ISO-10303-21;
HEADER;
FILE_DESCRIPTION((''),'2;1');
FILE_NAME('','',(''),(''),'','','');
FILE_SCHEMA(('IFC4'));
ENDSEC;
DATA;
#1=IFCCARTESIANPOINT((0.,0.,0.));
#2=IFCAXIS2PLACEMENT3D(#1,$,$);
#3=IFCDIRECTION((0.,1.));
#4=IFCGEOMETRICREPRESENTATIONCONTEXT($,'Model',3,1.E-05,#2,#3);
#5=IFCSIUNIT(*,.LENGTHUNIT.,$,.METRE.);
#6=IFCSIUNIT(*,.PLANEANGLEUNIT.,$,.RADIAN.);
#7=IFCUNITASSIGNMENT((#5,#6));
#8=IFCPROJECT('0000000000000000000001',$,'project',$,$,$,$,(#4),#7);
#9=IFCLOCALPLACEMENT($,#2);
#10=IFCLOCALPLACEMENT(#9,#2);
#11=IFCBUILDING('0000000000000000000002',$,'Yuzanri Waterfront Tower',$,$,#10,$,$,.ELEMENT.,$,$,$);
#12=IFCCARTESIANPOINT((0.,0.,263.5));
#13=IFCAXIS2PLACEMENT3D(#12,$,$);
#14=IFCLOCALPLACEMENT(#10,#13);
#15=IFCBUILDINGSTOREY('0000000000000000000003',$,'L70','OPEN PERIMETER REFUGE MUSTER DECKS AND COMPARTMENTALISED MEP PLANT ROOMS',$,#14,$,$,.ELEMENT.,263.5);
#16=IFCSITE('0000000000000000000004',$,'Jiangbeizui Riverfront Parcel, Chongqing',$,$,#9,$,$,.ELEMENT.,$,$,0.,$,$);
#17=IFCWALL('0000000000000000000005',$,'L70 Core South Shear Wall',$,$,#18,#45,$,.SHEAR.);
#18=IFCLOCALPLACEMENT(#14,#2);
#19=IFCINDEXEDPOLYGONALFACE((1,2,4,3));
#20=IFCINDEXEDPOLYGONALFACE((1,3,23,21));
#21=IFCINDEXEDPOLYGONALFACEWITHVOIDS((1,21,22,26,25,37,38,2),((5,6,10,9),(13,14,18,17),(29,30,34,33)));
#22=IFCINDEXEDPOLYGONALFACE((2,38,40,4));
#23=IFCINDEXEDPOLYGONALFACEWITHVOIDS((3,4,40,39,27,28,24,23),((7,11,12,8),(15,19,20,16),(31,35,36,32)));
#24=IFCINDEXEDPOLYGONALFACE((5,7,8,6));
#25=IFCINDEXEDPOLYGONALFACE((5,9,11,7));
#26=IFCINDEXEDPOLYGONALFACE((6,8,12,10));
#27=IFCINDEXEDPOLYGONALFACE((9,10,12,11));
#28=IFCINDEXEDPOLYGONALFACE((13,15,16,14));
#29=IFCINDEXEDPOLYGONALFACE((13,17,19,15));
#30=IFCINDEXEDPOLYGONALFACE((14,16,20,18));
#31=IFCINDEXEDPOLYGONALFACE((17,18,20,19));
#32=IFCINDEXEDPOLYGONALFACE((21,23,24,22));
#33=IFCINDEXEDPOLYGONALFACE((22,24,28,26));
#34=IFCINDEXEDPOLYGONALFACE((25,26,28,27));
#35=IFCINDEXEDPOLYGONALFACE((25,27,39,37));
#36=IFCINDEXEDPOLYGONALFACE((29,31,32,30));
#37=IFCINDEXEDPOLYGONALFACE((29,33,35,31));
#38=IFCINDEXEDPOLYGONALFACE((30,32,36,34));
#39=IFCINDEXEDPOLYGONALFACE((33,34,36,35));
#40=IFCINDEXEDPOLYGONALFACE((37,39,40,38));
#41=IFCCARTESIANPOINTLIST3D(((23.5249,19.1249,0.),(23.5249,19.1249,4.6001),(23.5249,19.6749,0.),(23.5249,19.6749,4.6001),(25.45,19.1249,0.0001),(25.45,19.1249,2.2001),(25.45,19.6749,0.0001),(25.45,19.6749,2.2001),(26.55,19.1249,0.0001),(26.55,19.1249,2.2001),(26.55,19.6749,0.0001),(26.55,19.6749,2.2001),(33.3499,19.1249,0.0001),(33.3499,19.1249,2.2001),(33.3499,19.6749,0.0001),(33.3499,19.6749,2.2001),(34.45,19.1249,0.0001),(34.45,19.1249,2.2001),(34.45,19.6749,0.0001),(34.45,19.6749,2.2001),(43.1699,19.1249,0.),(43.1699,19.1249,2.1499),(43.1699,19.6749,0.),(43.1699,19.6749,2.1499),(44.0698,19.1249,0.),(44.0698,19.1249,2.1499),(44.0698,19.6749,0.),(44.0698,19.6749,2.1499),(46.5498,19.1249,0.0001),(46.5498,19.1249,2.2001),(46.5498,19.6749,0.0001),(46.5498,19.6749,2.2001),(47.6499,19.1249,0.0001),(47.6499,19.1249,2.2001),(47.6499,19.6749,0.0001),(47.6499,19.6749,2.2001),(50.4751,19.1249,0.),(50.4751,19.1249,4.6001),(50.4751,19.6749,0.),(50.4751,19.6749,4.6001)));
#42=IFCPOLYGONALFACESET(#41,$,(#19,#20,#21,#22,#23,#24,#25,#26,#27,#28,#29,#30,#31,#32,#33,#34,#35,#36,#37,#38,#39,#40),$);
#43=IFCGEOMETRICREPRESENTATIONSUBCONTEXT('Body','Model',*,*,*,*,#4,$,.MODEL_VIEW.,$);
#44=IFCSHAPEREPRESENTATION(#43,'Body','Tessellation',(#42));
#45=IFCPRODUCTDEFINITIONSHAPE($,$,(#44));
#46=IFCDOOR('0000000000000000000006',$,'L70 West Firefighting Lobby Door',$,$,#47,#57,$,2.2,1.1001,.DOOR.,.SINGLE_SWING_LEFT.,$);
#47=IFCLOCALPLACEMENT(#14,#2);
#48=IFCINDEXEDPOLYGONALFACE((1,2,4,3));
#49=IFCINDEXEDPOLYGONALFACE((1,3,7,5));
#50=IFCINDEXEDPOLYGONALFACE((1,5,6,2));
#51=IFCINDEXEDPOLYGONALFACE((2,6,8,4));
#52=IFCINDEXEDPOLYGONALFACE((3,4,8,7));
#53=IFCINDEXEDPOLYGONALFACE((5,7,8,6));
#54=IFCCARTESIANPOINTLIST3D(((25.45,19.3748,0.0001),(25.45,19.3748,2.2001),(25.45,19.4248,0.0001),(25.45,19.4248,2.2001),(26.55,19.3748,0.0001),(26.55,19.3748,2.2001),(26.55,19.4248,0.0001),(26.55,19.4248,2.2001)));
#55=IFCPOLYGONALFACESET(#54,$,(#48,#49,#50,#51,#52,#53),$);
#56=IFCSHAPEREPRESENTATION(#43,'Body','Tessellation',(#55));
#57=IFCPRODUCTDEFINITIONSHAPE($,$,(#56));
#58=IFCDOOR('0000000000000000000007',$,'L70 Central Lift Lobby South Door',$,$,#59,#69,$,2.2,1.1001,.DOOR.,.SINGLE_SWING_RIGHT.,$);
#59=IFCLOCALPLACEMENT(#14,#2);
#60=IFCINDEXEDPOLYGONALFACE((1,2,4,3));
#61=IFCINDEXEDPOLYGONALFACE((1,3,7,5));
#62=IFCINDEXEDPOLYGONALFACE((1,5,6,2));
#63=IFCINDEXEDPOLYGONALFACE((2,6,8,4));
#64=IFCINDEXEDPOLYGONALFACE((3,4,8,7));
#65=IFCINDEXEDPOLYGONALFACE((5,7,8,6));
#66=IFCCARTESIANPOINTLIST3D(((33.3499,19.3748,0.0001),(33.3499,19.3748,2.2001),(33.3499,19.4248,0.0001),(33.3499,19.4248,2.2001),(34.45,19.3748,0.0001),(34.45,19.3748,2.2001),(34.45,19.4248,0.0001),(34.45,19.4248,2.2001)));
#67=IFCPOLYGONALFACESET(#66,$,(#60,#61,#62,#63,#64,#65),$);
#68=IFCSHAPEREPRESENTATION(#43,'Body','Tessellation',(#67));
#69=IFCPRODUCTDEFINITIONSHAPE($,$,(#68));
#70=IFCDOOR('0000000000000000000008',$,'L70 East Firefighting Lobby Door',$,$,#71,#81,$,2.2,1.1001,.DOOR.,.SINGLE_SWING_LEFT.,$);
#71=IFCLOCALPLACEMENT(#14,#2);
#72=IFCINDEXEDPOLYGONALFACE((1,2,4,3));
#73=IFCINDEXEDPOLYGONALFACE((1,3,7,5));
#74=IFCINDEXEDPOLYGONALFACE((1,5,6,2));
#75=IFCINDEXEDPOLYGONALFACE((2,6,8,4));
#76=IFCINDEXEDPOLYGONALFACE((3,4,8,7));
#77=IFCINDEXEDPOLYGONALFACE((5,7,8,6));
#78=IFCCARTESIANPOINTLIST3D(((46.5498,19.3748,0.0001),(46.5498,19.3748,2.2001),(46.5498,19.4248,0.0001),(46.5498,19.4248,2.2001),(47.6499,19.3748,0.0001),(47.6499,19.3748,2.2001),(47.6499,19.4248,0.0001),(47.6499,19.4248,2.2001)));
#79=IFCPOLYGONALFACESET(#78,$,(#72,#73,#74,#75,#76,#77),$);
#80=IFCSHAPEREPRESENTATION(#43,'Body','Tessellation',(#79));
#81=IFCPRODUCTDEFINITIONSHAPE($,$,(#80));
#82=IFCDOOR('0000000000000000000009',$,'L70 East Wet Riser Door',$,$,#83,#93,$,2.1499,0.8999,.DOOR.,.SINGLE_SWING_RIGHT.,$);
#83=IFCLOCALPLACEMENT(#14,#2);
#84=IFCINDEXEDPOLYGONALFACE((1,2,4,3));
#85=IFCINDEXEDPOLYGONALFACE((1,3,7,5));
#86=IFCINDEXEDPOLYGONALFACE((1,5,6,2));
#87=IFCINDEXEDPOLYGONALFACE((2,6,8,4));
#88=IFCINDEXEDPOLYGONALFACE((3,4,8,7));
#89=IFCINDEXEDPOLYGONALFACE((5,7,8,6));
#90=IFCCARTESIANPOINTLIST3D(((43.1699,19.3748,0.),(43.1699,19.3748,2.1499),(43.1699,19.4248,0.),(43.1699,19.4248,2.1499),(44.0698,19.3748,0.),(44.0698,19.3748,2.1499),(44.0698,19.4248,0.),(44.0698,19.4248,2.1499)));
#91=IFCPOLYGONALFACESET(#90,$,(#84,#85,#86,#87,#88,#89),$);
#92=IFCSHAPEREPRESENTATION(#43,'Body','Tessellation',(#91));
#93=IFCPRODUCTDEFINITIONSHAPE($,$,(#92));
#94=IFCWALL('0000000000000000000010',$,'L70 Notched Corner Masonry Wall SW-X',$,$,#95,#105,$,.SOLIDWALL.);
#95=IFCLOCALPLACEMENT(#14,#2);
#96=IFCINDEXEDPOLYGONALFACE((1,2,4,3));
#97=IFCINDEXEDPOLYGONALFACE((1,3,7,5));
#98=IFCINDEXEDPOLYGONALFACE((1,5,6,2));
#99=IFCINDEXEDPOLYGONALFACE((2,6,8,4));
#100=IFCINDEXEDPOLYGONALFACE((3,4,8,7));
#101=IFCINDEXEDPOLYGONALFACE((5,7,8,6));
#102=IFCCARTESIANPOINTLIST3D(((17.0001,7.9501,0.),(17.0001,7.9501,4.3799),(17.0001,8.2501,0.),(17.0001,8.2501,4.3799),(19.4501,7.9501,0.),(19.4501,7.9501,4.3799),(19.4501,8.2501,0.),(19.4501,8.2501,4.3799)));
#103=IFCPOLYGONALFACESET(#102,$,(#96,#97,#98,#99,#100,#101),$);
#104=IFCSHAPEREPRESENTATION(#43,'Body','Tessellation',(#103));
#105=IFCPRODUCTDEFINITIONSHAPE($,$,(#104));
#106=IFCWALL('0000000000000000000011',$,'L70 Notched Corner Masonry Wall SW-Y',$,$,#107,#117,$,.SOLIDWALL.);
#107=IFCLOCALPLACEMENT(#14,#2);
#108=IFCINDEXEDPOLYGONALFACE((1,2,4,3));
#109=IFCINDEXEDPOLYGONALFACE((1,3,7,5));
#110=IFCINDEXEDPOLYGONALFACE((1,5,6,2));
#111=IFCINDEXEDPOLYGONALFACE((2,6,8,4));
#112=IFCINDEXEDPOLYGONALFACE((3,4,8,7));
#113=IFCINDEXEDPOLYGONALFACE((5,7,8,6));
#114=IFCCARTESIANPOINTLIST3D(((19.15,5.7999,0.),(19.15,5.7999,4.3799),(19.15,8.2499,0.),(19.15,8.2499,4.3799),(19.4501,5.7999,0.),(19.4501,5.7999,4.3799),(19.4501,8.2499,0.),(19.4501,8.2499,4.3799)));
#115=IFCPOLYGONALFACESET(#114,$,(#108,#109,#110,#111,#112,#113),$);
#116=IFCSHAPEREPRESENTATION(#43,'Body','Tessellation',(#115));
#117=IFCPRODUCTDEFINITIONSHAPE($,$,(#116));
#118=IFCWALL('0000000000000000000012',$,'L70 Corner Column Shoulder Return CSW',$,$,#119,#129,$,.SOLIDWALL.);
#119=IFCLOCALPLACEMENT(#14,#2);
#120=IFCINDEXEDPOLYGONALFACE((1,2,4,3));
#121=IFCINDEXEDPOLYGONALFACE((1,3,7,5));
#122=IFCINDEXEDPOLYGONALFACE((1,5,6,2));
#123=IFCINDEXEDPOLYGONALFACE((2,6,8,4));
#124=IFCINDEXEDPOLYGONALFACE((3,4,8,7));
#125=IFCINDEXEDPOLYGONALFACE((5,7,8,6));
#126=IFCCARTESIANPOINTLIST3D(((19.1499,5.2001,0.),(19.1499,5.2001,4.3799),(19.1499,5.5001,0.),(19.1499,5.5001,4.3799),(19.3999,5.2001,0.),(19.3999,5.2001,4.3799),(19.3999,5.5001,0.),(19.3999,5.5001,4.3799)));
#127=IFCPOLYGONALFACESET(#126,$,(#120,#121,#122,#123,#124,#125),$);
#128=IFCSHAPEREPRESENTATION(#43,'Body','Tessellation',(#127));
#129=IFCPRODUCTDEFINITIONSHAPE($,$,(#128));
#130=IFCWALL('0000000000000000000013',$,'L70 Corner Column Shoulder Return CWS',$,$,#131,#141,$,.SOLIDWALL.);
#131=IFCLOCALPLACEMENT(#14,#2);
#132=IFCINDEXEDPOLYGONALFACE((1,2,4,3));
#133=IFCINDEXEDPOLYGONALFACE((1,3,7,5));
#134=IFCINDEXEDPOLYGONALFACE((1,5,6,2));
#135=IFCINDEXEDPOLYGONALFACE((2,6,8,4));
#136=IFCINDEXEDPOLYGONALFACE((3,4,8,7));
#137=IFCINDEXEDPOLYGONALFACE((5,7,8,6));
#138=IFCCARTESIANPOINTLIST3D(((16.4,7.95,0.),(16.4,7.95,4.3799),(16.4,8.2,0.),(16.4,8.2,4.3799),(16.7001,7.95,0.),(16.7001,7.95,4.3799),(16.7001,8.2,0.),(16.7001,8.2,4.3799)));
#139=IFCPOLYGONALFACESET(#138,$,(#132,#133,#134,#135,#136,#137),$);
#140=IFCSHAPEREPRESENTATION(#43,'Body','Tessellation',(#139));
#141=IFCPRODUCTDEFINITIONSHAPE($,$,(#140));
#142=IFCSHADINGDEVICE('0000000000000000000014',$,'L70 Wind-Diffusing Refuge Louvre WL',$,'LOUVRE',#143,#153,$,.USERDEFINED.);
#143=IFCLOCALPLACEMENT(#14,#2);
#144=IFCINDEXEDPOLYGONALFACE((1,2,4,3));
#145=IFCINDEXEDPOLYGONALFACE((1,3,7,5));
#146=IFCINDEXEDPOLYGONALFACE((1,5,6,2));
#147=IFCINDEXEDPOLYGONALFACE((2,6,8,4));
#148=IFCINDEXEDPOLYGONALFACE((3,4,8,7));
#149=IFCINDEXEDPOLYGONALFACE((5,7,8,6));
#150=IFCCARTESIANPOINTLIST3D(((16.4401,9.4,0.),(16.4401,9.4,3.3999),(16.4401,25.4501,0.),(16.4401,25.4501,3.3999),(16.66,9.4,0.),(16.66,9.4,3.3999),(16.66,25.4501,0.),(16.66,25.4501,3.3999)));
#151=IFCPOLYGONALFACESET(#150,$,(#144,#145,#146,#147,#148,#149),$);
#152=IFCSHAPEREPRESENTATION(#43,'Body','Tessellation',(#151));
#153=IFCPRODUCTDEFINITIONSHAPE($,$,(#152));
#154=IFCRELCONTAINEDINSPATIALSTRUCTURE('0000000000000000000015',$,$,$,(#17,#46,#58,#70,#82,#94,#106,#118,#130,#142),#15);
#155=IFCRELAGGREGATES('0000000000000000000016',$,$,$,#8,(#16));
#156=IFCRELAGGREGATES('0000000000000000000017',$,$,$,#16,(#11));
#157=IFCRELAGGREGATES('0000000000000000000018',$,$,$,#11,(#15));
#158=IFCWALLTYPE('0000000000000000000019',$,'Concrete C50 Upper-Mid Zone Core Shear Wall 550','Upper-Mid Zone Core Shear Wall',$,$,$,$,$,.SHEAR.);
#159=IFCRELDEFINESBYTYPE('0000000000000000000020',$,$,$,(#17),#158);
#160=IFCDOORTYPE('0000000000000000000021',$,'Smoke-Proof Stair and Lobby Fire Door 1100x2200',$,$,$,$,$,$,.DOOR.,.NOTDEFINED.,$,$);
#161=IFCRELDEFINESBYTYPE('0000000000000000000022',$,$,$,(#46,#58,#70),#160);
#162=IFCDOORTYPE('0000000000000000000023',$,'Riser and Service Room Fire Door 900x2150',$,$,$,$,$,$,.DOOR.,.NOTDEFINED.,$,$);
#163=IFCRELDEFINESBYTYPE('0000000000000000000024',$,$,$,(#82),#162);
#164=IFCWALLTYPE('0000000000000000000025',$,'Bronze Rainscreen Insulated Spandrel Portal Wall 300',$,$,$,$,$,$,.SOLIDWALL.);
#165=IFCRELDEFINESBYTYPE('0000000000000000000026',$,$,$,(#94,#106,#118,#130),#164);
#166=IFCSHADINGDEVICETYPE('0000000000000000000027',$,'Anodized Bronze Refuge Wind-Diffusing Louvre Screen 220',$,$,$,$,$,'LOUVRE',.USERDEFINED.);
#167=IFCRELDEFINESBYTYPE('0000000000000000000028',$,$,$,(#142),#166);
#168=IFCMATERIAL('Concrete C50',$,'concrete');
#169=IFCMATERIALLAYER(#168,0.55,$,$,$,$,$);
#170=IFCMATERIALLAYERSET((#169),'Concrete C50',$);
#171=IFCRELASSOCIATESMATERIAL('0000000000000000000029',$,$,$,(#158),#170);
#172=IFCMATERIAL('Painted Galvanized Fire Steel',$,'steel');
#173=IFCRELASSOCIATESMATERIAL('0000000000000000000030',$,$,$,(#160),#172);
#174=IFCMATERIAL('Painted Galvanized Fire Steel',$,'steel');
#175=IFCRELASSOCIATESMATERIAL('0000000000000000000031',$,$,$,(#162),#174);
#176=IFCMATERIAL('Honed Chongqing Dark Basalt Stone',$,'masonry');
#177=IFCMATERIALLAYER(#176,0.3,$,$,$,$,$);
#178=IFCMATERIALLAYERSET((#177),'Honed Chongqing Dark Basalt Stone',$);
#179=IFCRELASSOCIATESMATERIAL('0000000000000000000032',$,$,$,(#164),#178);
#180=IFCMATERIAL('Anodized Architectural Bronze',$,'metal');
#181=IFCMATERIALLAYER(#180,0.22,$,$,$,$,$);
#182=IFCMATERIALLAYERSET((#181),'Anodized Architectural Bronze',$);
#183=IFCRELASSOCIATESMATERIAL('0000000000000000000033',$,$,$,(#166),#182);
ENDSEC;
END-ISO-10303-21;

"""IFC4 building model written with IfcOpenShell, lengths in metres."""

from ifc_helpers import new_model, si_unit, direction, frame, frame_2d, origin, origin_2d, place, context, subcontext, project, spatial, rectangle, extrude, source, transform, mapped, material, layer, layer_set, type_object, element, fill, save


model = new_model("IFC4")

# Units and contexts
model_context = context("Model", 3, precision=1e-05, world=origin(), true_north=direction((0.0, 1.0)))
body_context = subcontext(model_context, "Body", "Model", "MODEL_VIEW")
ifc_project = project(units=[si_unit("LENGTHUNIT", "METRE"), si_unit("PLANEANGLEUNIT", "RADIAN")], contexts=[model_context])

# Site, building, storey
site_placement = place(None, origin())
site = spatial("IfcSite", under=ifc_project, at=site_placement, Name="Jiangbeizui Riverfront Parcel, Chongqing", CompositionType="ELEMENT", RefElevation=0.0)
building_placement = place(site_placement, origin())
building = spatial("IfcBuilding", under=site, at=building_placement, Name="Yuzanri Waterfront Tower", CompositionType="ELEMENT")
storey_placement = place(building_placement, frame((0.0, 0.0, 263.5)))
storey = spatial("IfcBuildingStorey", under=building, at=storey_placement, Name="L70", Description="OPEN PERIMETER REFUGE MUSTER DECKS AND COMPARTMENTALISED MEP PLANT ROOMS", CompositionType="ELEMENT", Elevation=263.5)

# Wall, openings, doors
ifc_material_1 = material(Name="Concrete C50", Category="concrete")
ifc_layer_1 = layer(ifc_material_1, 0.55)
ifc_layer_set_1 = layer_set([ifc_layer_1], Name="Concrete C50")
wall_type_1 = type_object("IfcWallType", Name="Concrete C50 Upper-Mid Zone Core Shear Wall 550", Description="Upper-Mid Zone Core Shear Wall", PredefinedType="SHEAR", material=ifc_layer_set_1)
wall_placement = place(storey_placement, frame((23.5249, 19.3999, 0.0), z_axis=(0.0, 0.0, 1.0), x_axis=(1.0, 0.0, 0.0)))
wall = element("IfcWall", 1, at=wall_placement, inside=storey, type_object=wall_type_1, Name="L70 Core South Shear Wall", PredefinedType="SHEAR", context=body_context, shape_type="SweptSolid", body=[
    extrude(rectangle(XDim=26.9502, YDim=0.55, at=frame_2d((13.4751, 0.0))), origin(), (0.0, 0.0, 1.0), 4.6001),
])
opening_1_placement = place(wall_placement, frame((1.925, 0.0, 0.0)))
opening_1 = element("IfcOpeningElement", 2, at=opening_1_placement, cuts=wall, PredefinedType="OPENING", context=body_context, shape_type="SweptSolid", body=[
    extrude(rectangle(XDim=1.1001, YDim=2.2, at=frame_2d((0.55, 1.1001))), frame((0.0, 0.29, 0.0), z_axis=(0.0, -1.0, 0.0), x_axis=(1.0, 0.0, 0.0)), (0.0, 0.0, 1.0), 0.5798),
])
opening_2_placement = place(wall_placement, frame((9.825, 0.0, 0.0)))
opening_2 = element("IfcOpeningElement", 3, at=opening_2_placement, cuts=wall, PredefinedType="OPENING", context=body_context, shape_type="SweptSolid", body=[
    extrude(rectangle(XDim=1.1001, YDim=2.2, at=frame_2d((0.55, 1.1001))), frame((0.0, 0.29, 0.0), z_axis=(0.0, -1.0, 0.0), x_axis=(1.0, 0.0, 0.0)), (0.0, 0.0, 1.0), 0.5798),
])
opening_3_placement = place(wall_placement, frame((23.0249, 0.0, 0.0)))
opening_3 = element("IfcOpeningElement", 4, at=opening_3_placement, cuts=wall, PredefinedType="OPENING", context=body_context, shape_type="SweptSolid", body=[
    extrude(rectangle(XDim=1.1001, YDim=2.2, at=frame_2d((0.55, 1.1001))), frame((0.0, 0.29, 0.0), z_axis=(0.0, -1.0, 0.0), x_axis=(1.0, 0.0, 0.0)), (0.0, 0.0, 1.0), 0.5798),
])
opening_4_placement = place(wall_placement, frame((19.645, 0.0, 0.0)))
opening_4 = element("IfcOpeningElement", 5, at=opening_4_placement, cuts=wall, PredefinedType="OPENING", context=body_context, shape_type="SweptSolid", body=[
    extrude(rectangle(XDim=0.8999, YDim=2.1499, at=frame_2d((0.45, 1.075))), frame((0.0, 0.29, 0.0), z_axis=(0.0, -1.0, 0.0), x_axis=(1.0, 0.0, 0.0)), (0.0, 0.0, 1.0), 0.5798),
])
ifc_material_2 = material(Name="Painted Galvanized Fire Steel", Category="steel")
door_type_1 = type_object("IfcDoorType", Name="Smoke-Proof Stair and Lobby Fire Door 1100x2200", OperationType="NOTDEFINED", PredefinedType="DOOR", material=ifc_material_2)
shared_shape_1 = source(origin(), body_context, "Body", "SweptSolid", [
    extrude(rectangle(XDim=1.1001, YDim=2.2, at=frame_2d((0.55, 1.1001))), frame((0.0, 0.0249, 0.0), z_axis=(0.0, -1.0, 0.0), x_axis=(1.0, 0.0, 0.0)), (0.0, 0.0, 1.0), 0.05),
])
door_1_placement = place(opening_1_placement, origin())
door_1 = element("IfcDoor", 6, at=door_1_placement, inside=storey, type_object=door_type_1, Name="L70 West Firefighting Lobby Door", OperationType="SINGLE_SWING_LEFT", OverallHeight=2.2, OverallWidth=1.1001, PredefinedType="DOOR", context=body_context, shape_type="MappedRepresentation", body=[
    mapped(shared_shape_1, transform((0.0, 0.0, 0.0), scale=1.0)),
])
fill(opening_1, door_1)
door_2_placement = place(opening_2_placement, origin())
door_2 = element("IfcDoor", 7, at=door_2_placement, inside=storey, type_object=door_type_1, Name="L70 Central Lift Lobby South Door", OperationType="SINGLE_SWING_RIGHT", OverallHeight=2.2, OverallWidth=1.1001, PredefinedType="DOOR", context=body_context, shape_type="MappedRepresentation", body=[
    mapped(shared_shape_1, transform((0.0, 0.0, 0.0), scale=1.0)),
])
fill(opening_2, door_2)
door_3_placement = place(opening_3_placement, origin())
door_3 = element("IfcDoor", 8, at=door_3_placement, inside=storey, type_object=door_type_1, Name="L70 East Firefighting Lobby Door", OperationType="SINGLE_SWING_LEFT", OverallHeight=2.2, OverallWidth=1.1001, PredefinedType="DOOR", context=body_context, shape_type="MappedRepresentation", body=[
    mapped(shared_shape_1, transform((0.0, 0.0, 0.0), scale=1.0)),
])
fill(opening_3, door_3)
ifc_material_3 = material(Name="Painted Galvanized Fire Steel", Category="steel")
door_type_2 = type_object("IfcDoorType", Name="Riser and Service Room Fire Door 900x2150", OperationType="NOTDEFINED", PredefinedType="DOOR", material=ifc_material_3)
shared_shape_2 = source(origin(), body_context, "Body", "SweptSolid", [
    extrude(rectangle(XDim=0.8999, YDim=2.1499, at=frame_2d((0.45, 1.075))), frame((0.0, 0.0249, 0.0), z_axis=(0.0, -1.0, 0.0), x_axis=(1.0, 0.0, 0.0)), (0.0, 0.0, 1.0), 0.05),
])
door_4_placement = place(opening_4_placement, origin())
door_4 = element("IfcDoor", 9, at=door_4_placement, inside=storey, type_object=door_type_2, Name="L70 East Wet Riser Door", OperationType="SINGLE_SWING_RIGHT", OverallHeight=2.1499, OverallWidth=0.8999, PredefinedType="DOOR", context=body_context, shape_type="MappedRepresentation", body=[
    mapped(shared_shape_2, transform((0.0, 0.0, 0.0), scale=1.0)),
])
fill(opening_4, door_4)

# Walls
ifc_material_4 = material(Name="Honed Chongqing Dark Basalt Stone", Category="masonry")
ifc_layer_2 = layer(ifc_material_4, 0.3)
ifc_layer_set_2 = layer_set([ifc_layer_2], Name="Honed Chongqing Dark Basalt Stone")
wall_type_2 = type_object("IfcWallType", Name="Bronze Rainscreen Insulated Spandrel Portal Wall 300", PredefinedType="SOLIDWALL", material=ifc_layer_set_2)
shared_shape_3 = source(origin(), body_context, "Body", "SweptSolid", [
    extrude(rectangle(XDim=2.45, YDim=0.3, at=frame_2d((1.2251, 0.0))), origin(), (0.0, 0.0, 1.0), 4.3799),
])
for number, where, z_axis, x_axis, name in (
    (10, (17.0, 8.1001, 0.0), (0.0, 0.0, 1.0), (1.0, 0.0, 0.0), "L70 Notched Corner Masonry Wall SW-X"),
    (11, (19.3, 8.25, 0.0), (0.0, 0.0, 1.0), (0.0, -1.0, 0.0), "L70 Notched Corner Masonry Wall SW-Y"),
):
    element("IfcWall", number, at=place(storey_placement, frame(where, z_axis=z_axis, x_axis=x_axis)), inside=storey, type_object=wall_type_2, Name=name, PredefinedType="SOLIDWALL", context=body_context, shape_type="MappedRepresentation", body=[
        mapped(shared_shape_3, transform((0.0, 0.0, 0.0), scale=1.0)),
    ])
shared_shape_4 = source(origin(), body_context, "Body", "SweptSolid", [
    extrude(rectangle(XDim=0.25, YDim=0.3, at=frame_2d((0.125, 0.0))), origin(), (0.0, 0.0, 1.0), 4.3799),
])
for number, where, z_axis, x_axis, name in (
    (12, (19.1499, 5.3501, 0.0), (0.0, 0.0, 1.0), (1.0, 0.0, 0.0), "L70 Corner Column Shoulder Return CSW"),
    (13, (16.55, 7.95, 0.0), (0.0, 0.0, 1.0), (0.0, 1.0, 0.0), "L70 Corner Column Shoulder Return CWS"),
):
    element("IfcWall", number, at=place(storey_placement, frame(where, z_axis=z_axis, x_axis=x_axis)), inside=storey, type_object=wall_type_2, Name=name, PredefinedType="SOLIDWALL", context=body_context, shape_type="MappedRepresentation", body=[
        mapped(shared_shape_4, transform((0.0, 0.0, 0.0), scale=1.0)),
    ])

# Shading device
ifc_material_5 = material(Name="Anodized Architectural Bronze", Category="metal")
ifc_layer_3 = layer(ifc_material_5, 0.22)
ifc_layer_set_3 = layer_set([ifc_layer_3], Name="Anodized Architectural Bronze")
shading_device_type = type_object("IfcShadingDeviceType", Name="Anodized Bronze Refuge Wind-Diffusing Louvre Screen 220", ElementType="LOUVRE", PredefinedType="USERDEFINED", material=ifc_layer_set_3)
shared_shape_5 = source(origin(), body_context, "Body", "SweptSolid", [
    extrude(rectangle(XDim=0.22, YDim=16.05, at=origin_2d()), origin(), (0.0, 0.0, 1.0), 3.3999),
])
shading_device_placement = place(storey_placement, frame((16.55, 17.425, 0.0), z_axis=(0.0, 0.0, 1.0), x_axis=(1.0, 0.0, 0.0)))
element("IfcShadingDevice", 14, at=shading_device_placement, inside=storey, type_object=shading_device_type, Name="L70 Wind-Diffusing Refuge Louvre WL", ObjectType="LOUVRE", PredefinedType="USERDEFINED", context=body_context, shape_type="MappedRepresentation", body=[
    mapped(shared_shape_5, transform((0.0, 0.0, 0.0), scale=1.0)),
])

save(model, "model.ifc")
